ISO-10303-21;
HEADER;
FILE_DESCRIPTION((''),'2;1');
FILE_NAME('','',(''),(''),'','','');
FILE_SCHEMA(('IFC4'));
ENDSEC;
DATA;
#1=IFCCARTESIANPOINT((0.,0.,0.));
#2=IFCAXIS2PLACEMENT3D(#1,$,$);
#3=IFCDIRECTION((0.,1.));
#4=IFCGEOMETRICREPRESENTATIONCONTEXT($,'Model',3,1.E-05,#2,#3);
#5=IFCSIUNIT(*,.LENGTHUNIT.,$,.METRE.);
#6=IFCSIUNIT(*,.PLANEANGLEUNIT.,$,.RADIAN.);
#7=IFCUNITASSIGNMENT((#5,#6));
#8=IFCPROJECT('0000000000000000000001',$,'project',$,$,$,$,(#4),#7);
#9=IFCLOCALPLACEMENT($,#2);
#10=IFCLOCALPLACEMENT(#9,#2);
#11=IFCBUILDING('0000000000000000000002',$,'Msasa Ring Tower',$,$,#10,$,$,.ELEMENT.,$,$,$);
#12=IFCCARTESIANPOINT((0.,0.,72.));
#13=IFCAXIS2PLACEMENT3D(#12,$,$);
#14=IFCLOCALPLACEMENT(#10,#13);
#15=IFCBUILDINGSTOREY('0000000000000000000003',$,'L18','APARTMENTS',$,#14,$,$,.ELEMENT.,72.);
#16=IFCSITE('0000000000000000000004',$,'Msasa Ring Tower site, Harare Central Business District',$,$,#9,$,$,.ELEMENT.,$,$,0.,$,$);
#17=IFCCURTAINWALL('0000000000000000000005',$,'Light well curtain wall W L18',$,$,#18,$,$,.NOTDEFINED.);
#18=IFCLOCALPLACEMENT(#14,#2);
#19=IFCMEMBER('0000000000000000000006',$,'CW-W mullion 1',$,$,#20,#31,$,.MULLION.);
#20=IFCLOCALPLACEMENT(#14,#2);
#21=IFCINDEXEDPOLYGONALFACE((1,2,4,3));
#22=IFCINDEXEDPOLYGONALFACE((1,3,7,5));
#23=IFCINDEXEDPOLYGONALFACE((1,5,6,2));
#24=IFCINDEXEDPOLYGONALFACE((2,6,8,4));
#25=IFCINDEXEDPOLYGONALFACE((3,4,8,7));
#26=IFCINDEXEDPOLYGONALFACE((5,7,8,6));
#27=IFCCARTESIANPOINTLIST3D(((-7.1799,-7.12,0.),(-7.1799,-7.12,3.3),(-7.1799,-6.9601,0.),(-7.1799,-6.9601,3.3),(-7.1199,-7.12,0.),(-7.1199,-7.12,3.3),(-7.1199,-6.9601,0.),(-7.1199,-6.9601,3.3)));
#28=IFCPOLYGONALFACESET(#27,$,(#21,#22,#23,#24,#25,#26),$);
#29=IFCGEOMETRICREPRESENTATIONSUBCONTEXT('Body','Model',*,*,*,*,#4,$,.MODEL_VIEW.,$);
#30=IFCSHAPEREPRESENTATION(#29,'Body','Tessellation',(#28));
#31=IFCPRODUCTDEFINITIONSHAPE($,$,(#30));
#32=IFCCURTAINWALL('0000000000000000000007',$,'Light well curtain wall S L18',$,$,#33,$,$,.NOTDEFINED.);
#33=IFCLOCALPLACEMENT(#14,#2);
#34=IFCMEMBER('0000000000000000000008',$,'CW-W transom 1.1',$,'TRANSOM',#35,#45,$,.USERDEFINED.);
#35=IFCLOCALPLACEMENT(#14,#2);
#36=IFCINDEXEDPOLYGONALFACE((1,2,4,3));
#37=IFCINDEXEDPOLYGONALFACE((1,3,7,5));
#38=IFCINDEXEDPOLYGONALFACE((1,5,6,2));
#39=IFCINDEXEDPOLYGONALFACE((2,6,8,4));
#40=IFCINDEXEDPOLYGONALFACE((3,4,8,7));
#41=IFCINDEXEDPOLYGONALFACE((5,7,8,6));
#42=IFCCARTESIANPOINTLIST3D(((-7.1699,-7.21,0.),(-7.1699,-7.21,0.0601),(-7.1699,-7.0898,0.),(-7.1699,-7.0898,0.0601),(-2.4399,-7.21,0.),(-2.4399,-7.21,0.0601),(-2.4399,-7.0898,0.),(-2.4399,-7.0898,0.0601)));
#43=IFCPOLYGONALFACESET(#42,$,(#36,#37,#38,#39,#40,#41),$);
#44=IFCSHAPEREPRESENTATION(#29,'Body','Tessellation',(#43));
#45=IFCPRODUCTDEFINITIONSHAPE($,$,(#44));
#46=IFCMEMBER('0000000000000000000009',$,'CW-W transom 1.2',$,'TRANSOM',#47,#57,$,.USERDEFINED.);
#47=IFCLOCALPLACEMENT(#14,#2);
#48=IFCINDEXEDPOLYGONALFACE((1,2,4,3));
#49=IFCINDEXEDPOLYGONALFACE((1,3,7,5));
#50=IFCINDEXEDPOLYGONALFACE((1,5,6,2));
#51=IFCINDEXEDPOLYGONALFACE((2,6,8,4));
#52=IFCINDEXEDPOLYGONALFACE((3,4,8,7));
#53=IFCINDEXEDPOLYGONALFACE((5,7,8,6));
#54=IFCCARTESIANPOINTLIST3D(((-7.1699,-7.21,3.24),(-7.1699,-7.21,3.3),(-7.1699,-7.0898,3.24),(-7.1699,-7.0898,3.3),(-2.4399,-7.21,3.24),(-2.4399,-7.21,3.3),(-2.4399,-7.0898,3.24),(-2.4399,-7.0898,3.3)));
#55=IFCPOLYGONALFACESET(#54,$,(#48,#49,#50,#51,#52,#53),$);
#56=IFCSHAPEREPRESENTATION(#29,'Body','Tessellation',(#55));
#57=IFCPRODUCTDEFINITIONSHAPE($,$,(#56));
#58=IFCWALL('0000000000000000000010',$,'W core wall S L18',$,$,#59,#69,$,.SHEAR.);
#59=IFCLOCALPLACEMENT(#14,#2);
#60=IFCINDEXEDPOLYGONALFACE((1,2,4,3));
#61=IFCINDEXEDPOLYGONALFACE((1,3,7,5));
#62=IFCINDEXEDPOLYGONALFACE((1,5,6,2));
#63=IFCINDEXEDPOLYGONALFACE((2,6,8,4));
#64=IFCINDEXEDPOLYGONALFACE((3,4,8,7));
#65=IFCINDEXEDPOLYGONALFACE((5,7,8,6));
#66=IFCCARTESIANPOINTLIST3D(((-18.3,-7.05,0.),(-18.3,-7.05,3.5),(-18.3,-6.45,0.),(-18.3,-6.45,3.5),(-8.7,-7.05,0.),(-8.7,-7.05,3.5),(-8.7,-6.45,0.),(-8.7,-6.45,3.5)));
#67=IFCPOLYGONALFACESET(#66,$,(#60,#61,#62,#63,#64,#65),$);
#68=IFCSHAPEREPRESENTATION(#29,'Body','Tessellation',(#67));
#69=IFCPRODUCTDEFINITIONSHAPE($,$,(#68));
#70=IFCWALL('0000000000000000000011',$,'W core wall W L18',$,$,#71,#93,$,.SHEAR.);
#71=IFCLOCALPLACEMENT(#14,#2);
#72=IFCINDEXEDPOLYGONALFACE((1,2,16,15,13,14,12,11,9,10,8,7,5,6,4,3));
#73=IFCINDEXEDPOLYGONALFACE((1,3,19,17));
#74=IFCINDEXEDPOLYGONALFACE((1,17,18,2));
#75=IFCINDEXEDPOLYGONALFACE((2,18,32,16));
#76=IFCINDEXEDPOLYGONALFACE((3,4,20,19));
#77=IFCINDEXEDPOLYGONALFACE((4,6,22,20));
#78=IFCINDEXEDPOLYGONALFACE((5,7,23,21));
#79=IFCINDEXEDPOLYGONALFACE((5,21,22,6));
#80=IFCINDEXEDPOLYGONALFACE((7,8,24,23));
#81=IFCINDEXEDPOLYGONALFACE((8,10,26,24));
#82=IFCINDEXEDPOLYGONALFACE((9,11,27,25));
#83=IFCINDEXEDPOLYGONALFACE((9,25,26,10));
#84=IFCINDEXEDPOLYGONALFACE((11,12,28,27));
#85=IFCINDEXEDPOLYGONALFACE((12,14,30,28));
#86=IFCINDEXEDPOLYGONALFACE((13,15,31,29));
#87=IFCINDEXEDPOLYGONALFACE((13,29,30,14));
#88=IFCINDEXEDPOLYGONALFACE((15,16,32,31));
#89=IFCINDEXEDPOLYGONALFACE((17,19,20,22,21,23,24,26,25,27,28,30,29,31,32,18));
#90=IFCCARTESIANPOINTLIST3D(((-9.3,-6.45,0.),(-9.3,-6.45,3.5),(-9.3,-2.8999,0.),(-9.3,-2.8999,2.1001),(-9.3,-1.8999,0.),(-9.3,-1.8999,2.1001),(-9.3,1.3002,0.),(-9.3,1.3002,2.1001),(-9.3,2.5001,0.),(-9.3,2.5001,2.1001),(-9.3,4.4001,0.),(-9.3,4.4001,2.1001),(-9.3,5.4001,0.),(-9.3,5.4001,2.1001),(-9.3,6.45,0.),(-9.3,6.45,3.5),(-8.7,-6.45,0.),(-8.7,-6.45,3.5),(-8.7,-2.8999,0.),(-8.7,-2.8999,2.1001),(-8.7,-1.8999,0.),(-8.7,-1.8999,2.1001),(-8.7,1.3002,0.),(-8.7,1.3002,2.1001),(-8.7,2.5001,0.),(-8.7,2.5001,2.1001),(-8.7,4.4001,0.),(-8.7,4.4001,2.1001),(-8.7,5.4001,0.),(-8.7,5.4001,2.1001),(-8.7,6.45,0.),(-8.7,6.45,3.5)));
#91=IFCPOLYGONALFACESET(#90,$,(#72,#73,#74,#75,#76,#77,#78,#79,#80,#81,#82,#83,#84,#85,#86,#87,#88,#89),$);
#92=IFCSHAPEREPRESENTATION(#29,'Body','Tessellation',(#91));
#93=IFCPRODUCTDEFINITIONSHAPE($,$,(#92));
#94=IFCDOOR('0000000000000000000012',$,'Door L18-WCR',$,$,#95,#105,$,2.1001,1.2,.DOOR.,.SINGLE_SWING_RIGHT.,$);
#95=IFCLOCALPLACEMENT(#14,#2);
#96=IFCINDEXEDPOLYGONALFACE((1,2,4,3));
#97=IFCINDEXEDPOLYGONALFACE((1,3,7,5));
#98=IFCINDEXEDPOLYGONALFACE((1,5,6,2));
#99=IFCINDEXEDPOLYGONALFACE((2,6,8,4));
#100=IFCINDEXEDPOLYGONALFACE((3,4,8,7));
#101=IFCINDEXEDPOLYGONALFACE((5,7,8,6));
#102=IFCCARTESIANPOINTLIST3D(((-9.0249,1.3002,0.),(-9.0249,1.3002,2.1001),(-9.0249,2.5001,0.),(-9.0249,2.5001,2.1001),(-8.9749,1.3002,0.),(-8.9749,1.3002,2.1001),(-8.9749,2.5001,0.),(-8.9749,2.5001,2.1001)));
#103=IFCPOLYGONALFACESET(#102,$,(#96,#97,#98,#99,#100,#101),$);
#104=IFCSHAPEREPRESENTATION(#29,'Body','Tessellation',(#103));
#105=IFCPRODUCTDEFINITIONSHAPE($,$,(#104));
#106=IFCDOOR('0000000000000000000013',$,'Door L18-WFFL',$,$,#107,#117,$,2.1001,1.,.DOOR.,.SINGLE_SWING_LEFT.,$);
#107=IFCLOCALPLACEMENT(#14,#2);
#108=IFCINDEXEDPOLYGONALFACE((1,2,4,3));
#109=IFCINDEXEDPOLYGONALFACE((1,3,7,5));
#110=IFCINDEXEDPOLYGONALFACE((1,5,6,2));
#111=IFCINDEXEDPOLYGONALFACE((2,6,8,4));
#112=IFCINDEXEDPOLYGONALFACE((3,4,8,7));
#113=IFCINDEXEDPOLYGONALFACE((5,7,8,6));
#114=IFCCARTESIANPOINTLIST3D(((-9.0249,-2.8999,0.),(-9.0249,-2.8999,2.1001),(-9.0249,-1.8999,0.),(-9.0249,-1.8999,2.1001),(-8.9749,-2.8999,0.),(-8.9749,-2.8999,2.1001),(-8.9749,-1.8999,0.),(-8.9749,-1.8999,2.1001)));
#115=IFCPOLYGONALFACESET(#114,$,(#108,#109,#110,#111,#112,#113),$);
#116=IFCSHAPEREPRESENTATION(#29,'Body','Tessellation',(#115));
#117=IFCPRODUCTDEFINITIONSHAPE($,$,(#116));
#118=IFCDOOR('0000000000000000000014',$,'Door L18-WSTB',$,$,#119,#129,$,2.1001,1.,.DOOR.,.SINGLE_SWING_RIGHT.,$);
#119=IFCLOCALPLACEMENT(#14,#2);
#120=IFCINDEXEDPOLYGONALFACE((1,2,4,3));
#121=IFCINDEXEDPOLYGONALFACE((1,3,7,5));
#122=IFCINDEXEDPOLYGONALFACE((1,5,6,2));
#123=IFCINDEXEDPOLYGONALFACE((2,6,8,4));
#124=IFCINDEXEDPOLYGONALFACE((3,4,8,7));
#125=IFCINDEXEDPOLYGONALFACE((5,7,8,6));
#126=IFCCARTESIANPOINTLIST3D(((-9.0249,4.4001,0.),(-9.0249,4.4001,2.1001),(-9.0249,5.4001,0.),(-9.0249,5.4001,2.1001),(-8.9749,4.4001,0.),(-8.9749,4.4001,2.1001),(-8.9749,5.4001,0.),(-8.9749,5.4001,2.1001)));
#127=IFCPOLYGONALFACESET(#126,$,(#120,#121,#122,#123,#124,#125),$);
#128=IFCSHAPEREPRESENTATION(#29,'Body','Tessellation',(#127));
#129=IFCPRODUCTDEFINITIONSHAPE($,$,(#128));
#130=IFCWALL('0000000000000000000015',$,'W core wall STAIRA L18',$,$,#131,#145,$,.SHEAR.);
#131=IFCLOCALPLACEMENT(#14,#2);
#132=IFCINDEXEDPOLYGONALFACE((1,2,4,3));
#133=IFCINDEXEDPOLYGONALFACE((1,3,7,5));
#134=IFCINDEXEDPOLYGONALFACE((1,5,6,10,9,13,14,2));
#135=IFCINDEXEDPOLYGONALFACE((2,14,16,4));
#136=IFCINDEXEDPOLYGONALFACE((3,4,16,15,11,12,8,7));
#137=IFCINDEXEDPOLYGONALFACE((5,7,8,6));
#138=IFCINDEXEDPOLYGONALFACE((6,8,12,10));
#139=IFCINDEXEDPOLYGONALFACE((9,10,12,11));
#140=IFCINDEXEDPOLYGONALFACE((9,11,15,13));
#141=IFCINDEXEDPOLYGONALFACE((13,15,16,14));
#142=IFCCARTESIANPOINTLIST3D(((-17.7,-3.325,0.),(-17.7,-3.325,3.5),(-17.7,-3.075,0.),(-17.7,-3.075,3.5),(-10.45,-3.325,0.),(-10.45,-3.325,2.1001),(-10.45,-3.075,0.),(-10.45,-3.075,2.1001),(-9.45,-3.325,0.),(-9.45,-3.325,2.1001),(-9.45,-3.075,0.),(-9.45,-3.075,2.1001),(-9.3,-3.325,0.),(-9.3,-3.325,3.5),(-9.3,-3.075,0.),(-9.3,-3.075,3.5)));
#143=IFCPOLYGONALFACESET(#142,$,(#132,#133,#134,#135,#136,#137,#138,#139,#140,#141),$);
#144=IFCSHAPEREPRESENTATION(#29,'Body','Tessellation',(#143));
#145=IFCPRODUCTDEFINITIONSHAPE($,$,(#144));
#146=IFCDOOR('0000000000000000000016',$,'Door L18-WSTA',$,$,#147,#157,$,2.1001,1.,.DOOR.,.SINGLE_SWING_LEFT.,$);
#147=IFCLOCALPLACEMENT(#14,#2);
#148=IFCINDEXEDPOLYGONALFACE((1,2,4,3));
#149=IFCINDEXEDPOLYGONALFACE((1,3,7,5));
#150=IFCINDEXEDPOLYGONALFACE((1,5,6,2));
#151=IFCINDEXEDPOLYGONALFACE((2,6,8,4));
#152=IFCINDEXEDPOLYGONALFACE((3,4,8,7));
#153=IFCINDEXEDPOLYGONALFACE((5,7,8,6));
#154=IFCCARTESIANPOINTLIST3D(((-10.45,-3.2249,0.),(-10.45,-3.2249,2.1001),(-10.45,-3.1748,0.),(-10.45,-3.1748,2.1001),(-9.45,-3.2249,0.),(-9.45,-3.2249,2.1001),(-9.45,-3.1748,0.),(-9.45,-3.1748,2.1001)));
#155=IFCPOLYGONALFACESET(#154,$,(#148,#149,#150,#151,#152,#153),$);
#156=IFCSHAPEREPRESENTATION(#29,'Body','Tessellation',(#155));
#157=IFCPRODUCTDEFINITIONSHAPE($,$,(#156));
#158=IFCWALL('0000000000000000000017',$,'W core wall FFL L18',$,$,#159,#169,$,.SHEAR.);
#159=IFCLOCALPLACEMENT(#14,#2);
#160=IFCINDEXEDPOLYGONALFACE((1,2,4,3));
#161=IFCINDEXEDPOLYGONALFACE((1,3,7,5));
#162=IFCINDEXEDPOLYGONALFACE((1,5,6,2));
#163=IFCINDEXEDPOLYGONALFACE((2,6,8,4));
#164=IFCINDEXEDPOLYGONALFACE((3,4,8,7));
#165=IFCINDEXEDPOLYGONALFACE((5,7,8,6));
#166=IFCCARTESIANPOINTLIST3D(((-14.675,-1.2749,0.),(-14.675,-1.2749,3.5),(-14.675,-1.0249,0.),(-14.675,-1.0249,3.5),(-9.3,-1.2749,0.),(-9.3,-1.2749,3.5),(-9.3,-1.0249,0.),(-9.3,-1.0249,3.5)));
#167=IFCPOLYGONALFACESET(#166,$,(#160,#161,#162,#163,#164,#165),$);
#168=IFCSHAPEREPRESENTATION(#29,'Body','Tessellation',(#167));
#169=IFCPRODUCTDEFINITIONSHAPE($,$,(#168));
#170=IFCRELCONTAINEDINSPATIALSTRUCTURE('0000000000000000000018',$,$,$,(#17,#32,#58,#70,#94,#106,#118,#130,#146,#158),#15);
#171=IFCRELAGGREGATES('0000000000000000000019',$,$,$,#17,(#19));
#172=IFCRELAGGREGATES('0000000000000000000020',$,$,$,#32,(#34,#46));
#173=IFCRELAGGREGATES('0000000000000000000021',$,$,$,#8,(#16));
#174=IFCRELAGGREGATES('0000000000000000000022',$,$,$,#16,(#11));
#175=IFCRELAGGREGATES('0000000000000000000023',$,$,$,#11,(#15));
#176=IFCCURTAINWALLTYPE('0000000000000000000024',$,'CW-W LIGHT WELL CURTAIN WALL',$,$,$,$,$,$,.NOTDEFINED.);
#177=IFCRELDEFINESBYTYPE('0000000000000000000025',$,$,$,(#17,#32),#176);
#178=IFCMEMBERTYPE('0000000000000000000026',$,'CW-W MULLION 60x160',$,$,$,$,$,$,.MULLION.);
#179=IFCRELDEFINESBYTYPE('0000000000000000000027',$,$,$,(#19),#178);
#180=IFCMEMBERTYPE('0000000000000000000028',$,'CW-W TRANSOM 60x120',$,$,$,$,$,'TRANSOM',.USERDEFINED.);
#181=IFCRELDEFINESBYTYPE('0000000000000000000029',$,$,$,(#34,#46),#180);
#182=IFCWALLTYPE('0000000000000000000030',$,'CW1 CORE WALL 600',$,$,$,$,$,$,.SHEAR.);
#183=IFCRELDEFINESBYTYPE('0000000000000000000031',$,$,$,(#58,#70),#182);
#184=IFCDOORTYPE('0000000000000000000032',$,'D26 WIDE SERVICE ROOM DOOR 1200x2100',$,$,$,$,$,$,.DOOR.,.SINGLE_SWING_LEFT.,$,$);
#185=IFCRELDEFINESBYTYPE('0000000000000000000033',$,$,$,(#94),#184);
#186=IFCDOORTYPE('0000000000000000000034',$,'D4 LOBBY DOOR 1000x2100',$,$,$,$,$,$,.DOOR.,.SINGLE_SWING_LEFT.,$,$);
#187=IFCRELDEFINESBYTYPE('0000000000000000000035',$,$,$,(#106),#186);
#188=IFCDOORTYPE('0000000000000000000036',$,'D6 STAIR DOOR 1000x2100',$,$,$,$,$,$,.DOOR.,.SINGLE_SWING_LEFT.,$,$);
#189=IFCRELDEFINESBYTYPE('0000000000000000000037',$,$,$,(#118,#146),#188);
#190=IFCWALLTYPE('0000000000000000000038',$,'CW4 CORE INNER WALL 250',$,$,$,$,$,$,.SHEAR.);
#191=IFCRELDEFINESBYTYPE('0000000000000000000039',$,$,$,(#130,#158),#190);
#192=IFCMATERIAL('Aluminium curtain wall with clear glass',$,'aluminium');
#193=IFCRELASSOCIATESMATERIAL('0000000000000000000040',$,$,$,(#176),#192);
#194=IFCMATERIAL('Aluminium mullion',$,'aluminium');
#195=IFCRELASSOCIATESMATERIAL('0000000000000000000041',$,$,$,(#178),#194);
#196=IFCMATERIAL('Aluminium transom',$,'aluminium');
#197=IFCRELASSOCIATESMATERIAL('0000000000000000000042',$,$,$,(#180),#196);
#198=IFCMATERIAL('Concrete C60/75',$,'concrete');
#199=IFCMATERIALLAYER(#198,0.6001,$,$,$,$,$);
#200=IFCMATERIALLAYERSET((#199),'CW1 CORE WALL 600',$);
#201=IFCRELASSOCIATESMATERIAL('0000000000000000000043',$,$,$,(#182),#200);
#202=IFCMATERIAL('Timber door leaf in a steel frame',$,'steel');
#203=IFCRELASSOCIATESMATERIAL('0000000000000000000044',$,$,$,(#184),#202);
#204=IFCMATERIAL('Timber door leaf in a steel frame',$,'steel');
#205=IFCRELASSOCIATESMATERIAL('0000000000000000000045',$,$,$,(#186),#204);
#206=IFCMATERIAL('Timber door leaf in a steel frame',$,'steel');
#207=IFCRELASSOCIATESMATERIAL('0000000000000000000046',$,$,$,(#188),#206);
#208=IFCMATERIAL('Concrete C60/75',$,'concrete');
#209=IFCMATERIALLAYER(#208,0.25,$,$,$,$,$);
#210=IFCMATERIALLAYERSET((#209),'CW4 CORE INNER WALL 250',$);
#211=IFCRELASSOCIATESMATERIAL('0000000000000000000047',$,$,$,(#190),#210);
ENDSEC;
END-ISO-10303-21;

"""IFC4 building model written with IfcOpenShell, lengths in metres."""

from ifc_helpers import new_model, si_unit, direction, frame, frame_2d, origin, origin_2d, place, context, subcontext, project, spatial, rectangle, extrude, material, layer, layer_set, material_profile, profile_set, type_object, element, fill, aggregate, save


model = new_model("IFC4")

# Units and contexts
model_context = context("Model", 3, precision=1e-05, world=origin(), true_north=direction((0.0, 1.0)))
body_context = subcontext(model_context, "Body", "Model", "MODEL_VIEW")
ifc_project = project(units=[si_unit("LENGTHUNIT", "METRE"), si_unit("PLANEANGLEUNIT", "RADIAN")], contexts=[model_context])

# Site, building, storey
site_placement = place(None, origin())
site = spatial("IfcSite", under=ifc_project, at=site_placement, Name="Msasa Ring Tower site, Harare Central Business District", CompositionType="ELEMENT", RefElevation=0.0)
building_placement = place(site_placement, origin())
building = spatial("IfcBuilding", under=site, at=building_placement, Name="Msasa Ring Tower", CompositionType="ELEMENT")
storey_placement = place(building_placement, frame((0.0, 0.0, 72.0)))
storey = spatial("IfcBuildingStorey", under=building, at=storey_placement, Name="L18", Description="APARTMENTS", CompositionType="ELEMENT", Elevation=72.0)

# Curtain wall, member
ifc_material_1 = material(Name="Aluminium curtain wall with clear glass", Category="aluminium")
curtain_wall_type = type_object("IfcCurtainWallType", Name="CW-W LIGHT WELL CURTAIN WALL", PredefinedType="NOTDEFINED", material=ifc_material_1)
curtain_wall_1_placement = place(storey_placement, origin())
curtain_wall_1 = element("IfcCurtainWall", 1, at=curtain_wall_1_placement, inside=storey, type_object=curtain_wall_type, Name="Light well curtain wall W L18", PredefinedType="NOTDEFINED")
ifc_material_2 = material(Name="Aluminium mullion", Category="aluminium")
ifc_material_profile_1 = material_profile(ifc_material_2, rectangle(XDim=0.0601, YDim=0.1599, at=origin_2d()), Name="AL 60x160")
ifc_profile_set_1 = profile_set([ifc_material_profile_1], Name="Aluminium mullion")
member_type_1 = type_object("IfcMemberType", Name="CW-W MULLION 60x160", PredefinedType="MULLION", material=ifc_profile_set_1)
member_1_placement = place(storey_placement, frame((-7.1499, -7.04, 0.0), z_axis=(0.0, 0.0, 1.0), x_axis=(-1.0, 0.0, 0.0)))
member_1 = element("IfcMember", 2, at=member_1_placement, type_object=member_type_1, Name="CW-W mullion 1", PredefinedType="MULLION", context=body_context, shape_type="SweptSolid", body=[
    extrude(rectangle(XDim=0.0601, YDim=0.1599, at=origin_2d()), origin(), (0.0, 0.0, 1.0), 3.3),
])
aggregate(curtain_wall_1, [member_1])

# Curtain wall, members
curtain_wall_2_placement = place(storey_placement, origin())
curtain_wall_2 = element("IfcCurtainWall", 3, at=curtain_wall_2_placement, inside=storey, type_object=curtain_wall_type, Name="Light well curtain wall S L18", PredefinedType="NOTDEFINED")
ifc_material_3 = material(Name="Aluminium transom", Category="aluminium")
ifc_material_profile_2 = material_profile(ifc_material_3, rectangle(XDim=0.1201, YDim=0.0601, at=origin_2d()), Name="AL 60x120")
ifc_profile_set_2 = profile_set([ifc_material_profile_2], Name="Aluminium transom")
member_type_2 = type_object("IfcMemberType", Name="CW-W TRANSOM 60x120", ElementType="TRANSOM", PredefinedType="USERDEFINED", material=ifc_profile_set_2)
member_2_placement = place(storey_placement, frame((-7.1699, -7.1499, 0.03), z_axis=(1.0, 0.0, 0.0), x_axis=(0.0, 1.0, 0.0)))
member_2 = element("IfcMember", 4, at=member_2_placement, type_object=member_type_2, Name="CW-W transom 1.1", ObjectType="TRANSOM", PredefinedType="USERDEFINED", context=body_context, shape_type="SweptSolid", body=[
    extrude(rectangle(XDim=0.1201, YDim=0.0601, at=origin_2d()), origin(), (0.0, 0.0, 1.0), 4.73),
])
member_3_placement = place(storey_placement, frame((-7.1699, -7.1499, 3.27), z_axis=(1.0, 0.0, 0.0), x_axis=(0.0, 1.0, 0.0)))
member_3 = element("IfcMember", 5, at=member_3_placement, type_object=member_type_2, Name="CW-W transom 1.2", ObjectType="TRANSOM", PredefinedType="USERDEFINED", context=body_context, shape_type="SweptSolid", body=[
    extrude(rectangle(XDim=0.1201, YDim=0.0601, at=origin_2d()), origin(), (0.0, 0.0, 1.0), 4.73),
])
aggregate(curtain_wall_2, [member_2, member_3])

# Wall
ifc_material_4 = material(Name="Concrete C60/75", Category="concrete")
ifc_layer_1 = layer(ifc_material_4, 0.6001)
ifc_layer_set_1 = layer_set([ifc_layer_1], Name="CW1 CORE WALL 600")
wall_type_1 = type_object("IfcWallType", Name="CW1 CORE WALL 600", PredefinedType="SHEAR", material=ifc_layer_set_1)
wall_1_placement = place(storey_placement, frame((-8.7, -6.75, 0.0), z_axis=(0.0, 0.0, 1.0), x_axis=(-1.0, 0.0, 0.0)))
element("IfcWall", 6, at=wall_1_placement, inside=storey, type_object=wall_type_1, Name="W core wall S L18", PredefinedType="SHEAR", context=body_context, shape_type="SweptSolid", body=[
    extrude(rectangle(XDim=9.6001, YDim=0.6001, at=frame_2d((4.8, 0.0))), origin(), (0.0, 0.0, 1.0), 3.5),
])

# Wall, openings, doors
wall_2_placement = place(storey_placement, frame((-9.0, -6.45, 0.0), z_axis=(0.0, 0.0, 1.0), x_axis=(0.0, 1.0, 0.0)))
wall_2 = element("IfcWall", 7, at=wall_2_placement, inside=storey, type_object=wall_type_1, Name="W core wall W L18", PredefinedType="SHEAR", context=body_context, shape_type="SweptSolid", body=[
    extrude(rectangle(XDim=12.8999, YDim=0.6001, at=frame_2d((6.45, 0.0))), origin(), (0.0, 0.0, 1.0), 3.5),
])
opening_1_placement = place(wall_2_placement, frame((3.55, 0.0, 0.0)))
opening_1 = element("IfcOpeningElement", 8, at=opening_1_placement, cuts=wall_2, PredefinedType="OPENING", context=body_context, shape_type="SweptSolid", body=[
    extrude(rectangle(XDim=1.0, YDim=2.1001, at=frame_2d((0.5, 1.05))), frame((0.0, 0.3101, 0.0), z_axis=(0.0, -1.0, 0.0), x_axis=(1.0, 0.0, 0.0)), (0.0, 0.0, 1.0), 0.6201),
])
opening_2_placement = place(wall_2_placement, frame((7.75, 0.0, 0.0)))
opening_2 = element("IfcOpeningElement", 9, at=opening_2_placement, cuts=wall_2, PredefinedType="OPENING", context=body_context, shape_type="SweptSolid", body=[
    extrude(rectangle(XDim=1.2, YDim=2.1001, at=frame_2d((0.6001, 1.05))), frame((0.0, 0.3101, 0.0), z_axis=(0.0, -1.0, 0.0), x_axis=(1.0, 0.0, 0.0)), (0.0, 0.0, 1.0), 0.6201),
])
opening_3_placement = place(wall_2_placement, frame((10.8501, 0.0, 0.0)))
opening_3 = element("IfcOpeningElement", 10, at=opening_3_placement, cuts=wall_2, PredefinedType="OPENING", context=body_context, shape_type="SweptSolid", body=[
    extrude(rectangle(XDim=1.0, YDim=2.1001, at=frame_2d((0.5, 1.05))), frame((0.0, 0.3101, 0.0), z_axis=(0.0, -1.0, 0.0), x_axis=(1.0, 0.0, 0.0)), (0.0, 0.0, 1.0), 0.6201),
])
ifc_material_5 = material(Name="Timber door leaf in a steel frame", Category="steel")
door_type_1 = type_object("IfcDoorType", Name="D26 WIDE SERVICE ROOM DOOR 1200x2100", OperationType="SINGLE_SWING_LEFT", PredefinedType="DOOR", material=ifc_material_5)
door_1_placement = place(opening_2_placement, origin())
door_1 = element("IfcDoor", 11, at=door_1_placement, inside=storey, type_object=door_type_1, Name="Door L18-WCR", OperationType="SINGLE_SWING_RIGHT", OverallHeight=2.1001, OverallWidth=1.2, PredefinedType="DOOR", context=body_context, shape_type="SweptSolid", body=[
    extrude(rectangle(XDim=1.2, YDim=2.1001, at=frame_2d((0.6001, 1.05))), frame((0.0, 0.0249, 0.0), z_axis=(0.0, -1.0, 0.0), x_axis=(1.0, 0.0, 0.0)), (0.0, 0.0, 1.0), 0.05),
])
fill(opening_2, door_1)
ifc_material_6 = material(Name="Timber door leaf in a steel frame", Category="steel")
door_type_2 = type_object("IfcDoorType", Name="D4 LOBBY DOOR 1000x2100", OperationType="SINGLE_SWING_LEFT", PredefinedType="DOOR", material=ifc_material_6)
door_2_placement = place(opening_1_placement, origin())
door_2 = element("IfcDoor", 12, at=door_2_placement, inside=storey, type_object=door_type_2, Name="Door L18-WFFL", OperationType="SINGLE_SWING_LEFT", OverallHeight=2.1001, OverallWidth=1.0, PredefinedType="DOOR", context=body_context, shape_type="SweptSolid", body=[
    extrude(rectangle(XDim=1.0, YDim=2.1001, at=frame_2d((0.5, 1.05))), frame((0.0, 0.0249, 0.0), z_axis=(0.0, -1.0, 0.0), x_axis=(1.0, 0.0, 0.0)), (0.0, 0.0, 1.0), 0.05),
])
fill(opening_1, door_2)
ifc_material_7 = material(Name="Timber door leaf in a steel frame", Category="steel")
door_type_3 = type_object("IfcDoorType", Name="D6 STAIR DOOR 1000x2100", OperationType="SINGLE_SWING_LEFT", PredefinedType="DOOR", material=ifc_material_7)
door_3_placement = place(opening_3_placement, origin())
door_3 = element("IfcDoor", 13, at=door_3_placement, inside=storey, type_object=door_type_3, Name="Door L18-WSTB", OperationType="SINGLE_SWING_RIGHT", OverallHeight=2.1001, OverallWidth=1.0, PredefinedType="DOOR", context=body_context, shape_type="SweptSolid", body=[
    extrude(rectangle(XDim=1.0, YDim=2.1001, at=frame_2d((0.5, 1.05))), frame((0.0, 0.0249, 0.0), z_axis=(0.0, -1.0, 0.0), x_axis=(1.0, 0.0, 0.0)), (0.0, 0.0, 1.0), 0.05),
])
fill(opening_3, door_3)

# Wall, opening, door
ifc_material_8 = material(Name="Concrete C60/75", Category="concrete")
ifc_layer_2 = layer(ifc_material_8, 0.25)
ifc_layer_set_2 = layer_set([ifc_layer_2], Name="CW4 CORE INNER WALL 250")
wall_type_2 = type_object("IfcWallType", Name="CW4 CORE INNER WALL 250", PredefinedType="SHEAR", material=ifc_layer_set_2)
wall_3_placement = place(storey_placement, frame((-9.3, -3.2, 0.0), z_axis=(0.0, 0.0, 1.0), x_axis=(-1.0, 0.0, 0.0)))
wall_3 = element("IfcWall", 14, at=wall_3_placement, inside=storey, type_object=wall_type_2, Name="W core wall STAIRA L18", PredefinedType="SHEAR", context=body_context, shape_type="SweptSolid", body=[
    extrude(rectangle(XDim=8.3999, YDim=0.25, at=frame_2d((4.2, 0.0))), origin(), (0.0, 0.0, 1.0), 3.5),
])
opening_4_placement = place(wall_3_placement, frame((0.1499, 0.0, 0.0)))
opening_4 = element("IfcOpeningElement", 15, at=opening_4_placement, cuts=wall_3, PredefinedType="OPENING", context=body_context, shape_type="SweptSolid", body=[
    extrude(rectangle(XDim=1.0, YDim=2.1001, at=frame_2d((0.5, 1.05))), frame((0.0, 0.135, 0.0), z_axis=(0.0, -1.0, 0.0), x_axis=(1.0, 0.0, 0.0)), (0.0, 0.0, 1.0), 0.27),
])
door_4_placement = place(opening_4_placement, origin())
door_4 = element("IfcDoor", 16, at=door_4_placement, inside=storey, type_object=door_type_3, Name="Door L18-WSTA", OperationType="SINGLE_SWING_LEFT", OverallHeight=2.1001, OverallWidth=1.0, PredefinedType="DOOR", context=body_context, shape_type="SweptSolid", body=[
    extrude(rectangle(XDim=1.0, YDim=2.1001, at=frame_2d((0.5, 1.05))), frame((0.0, 0.0249, 0.0), z_axis=(0.0, -1.0, 0.0), x_axis=(1.0, 0.0, 0.0)), (0.0, 0.0, 1.0), 0.05),
])
fill(opening_4, door_4)

# Wall
wall_4_placement = place(storey_placement, frame((-9.3, -1.1499, 0.0), z_axis=(0.0, 0.0, 1.0), x_axis=(-1.0, 0.0, 0.0)))
element("IfcWall", 17, at=wall_4_placement, inside=storey, type_object=wall_type_2, Name="W core wall FFL L18", PredefinedType="SHEAR", context=body_context, shape_type="SweptSolid", body=[
    extrude(rectangle(XDim=5.375, YDim=0.25, at=frame_2d((2.6875, 0.0))), origin(), (0.0, 0.0, 1.0), 3.5),
])

save(model, "model.ifc")
